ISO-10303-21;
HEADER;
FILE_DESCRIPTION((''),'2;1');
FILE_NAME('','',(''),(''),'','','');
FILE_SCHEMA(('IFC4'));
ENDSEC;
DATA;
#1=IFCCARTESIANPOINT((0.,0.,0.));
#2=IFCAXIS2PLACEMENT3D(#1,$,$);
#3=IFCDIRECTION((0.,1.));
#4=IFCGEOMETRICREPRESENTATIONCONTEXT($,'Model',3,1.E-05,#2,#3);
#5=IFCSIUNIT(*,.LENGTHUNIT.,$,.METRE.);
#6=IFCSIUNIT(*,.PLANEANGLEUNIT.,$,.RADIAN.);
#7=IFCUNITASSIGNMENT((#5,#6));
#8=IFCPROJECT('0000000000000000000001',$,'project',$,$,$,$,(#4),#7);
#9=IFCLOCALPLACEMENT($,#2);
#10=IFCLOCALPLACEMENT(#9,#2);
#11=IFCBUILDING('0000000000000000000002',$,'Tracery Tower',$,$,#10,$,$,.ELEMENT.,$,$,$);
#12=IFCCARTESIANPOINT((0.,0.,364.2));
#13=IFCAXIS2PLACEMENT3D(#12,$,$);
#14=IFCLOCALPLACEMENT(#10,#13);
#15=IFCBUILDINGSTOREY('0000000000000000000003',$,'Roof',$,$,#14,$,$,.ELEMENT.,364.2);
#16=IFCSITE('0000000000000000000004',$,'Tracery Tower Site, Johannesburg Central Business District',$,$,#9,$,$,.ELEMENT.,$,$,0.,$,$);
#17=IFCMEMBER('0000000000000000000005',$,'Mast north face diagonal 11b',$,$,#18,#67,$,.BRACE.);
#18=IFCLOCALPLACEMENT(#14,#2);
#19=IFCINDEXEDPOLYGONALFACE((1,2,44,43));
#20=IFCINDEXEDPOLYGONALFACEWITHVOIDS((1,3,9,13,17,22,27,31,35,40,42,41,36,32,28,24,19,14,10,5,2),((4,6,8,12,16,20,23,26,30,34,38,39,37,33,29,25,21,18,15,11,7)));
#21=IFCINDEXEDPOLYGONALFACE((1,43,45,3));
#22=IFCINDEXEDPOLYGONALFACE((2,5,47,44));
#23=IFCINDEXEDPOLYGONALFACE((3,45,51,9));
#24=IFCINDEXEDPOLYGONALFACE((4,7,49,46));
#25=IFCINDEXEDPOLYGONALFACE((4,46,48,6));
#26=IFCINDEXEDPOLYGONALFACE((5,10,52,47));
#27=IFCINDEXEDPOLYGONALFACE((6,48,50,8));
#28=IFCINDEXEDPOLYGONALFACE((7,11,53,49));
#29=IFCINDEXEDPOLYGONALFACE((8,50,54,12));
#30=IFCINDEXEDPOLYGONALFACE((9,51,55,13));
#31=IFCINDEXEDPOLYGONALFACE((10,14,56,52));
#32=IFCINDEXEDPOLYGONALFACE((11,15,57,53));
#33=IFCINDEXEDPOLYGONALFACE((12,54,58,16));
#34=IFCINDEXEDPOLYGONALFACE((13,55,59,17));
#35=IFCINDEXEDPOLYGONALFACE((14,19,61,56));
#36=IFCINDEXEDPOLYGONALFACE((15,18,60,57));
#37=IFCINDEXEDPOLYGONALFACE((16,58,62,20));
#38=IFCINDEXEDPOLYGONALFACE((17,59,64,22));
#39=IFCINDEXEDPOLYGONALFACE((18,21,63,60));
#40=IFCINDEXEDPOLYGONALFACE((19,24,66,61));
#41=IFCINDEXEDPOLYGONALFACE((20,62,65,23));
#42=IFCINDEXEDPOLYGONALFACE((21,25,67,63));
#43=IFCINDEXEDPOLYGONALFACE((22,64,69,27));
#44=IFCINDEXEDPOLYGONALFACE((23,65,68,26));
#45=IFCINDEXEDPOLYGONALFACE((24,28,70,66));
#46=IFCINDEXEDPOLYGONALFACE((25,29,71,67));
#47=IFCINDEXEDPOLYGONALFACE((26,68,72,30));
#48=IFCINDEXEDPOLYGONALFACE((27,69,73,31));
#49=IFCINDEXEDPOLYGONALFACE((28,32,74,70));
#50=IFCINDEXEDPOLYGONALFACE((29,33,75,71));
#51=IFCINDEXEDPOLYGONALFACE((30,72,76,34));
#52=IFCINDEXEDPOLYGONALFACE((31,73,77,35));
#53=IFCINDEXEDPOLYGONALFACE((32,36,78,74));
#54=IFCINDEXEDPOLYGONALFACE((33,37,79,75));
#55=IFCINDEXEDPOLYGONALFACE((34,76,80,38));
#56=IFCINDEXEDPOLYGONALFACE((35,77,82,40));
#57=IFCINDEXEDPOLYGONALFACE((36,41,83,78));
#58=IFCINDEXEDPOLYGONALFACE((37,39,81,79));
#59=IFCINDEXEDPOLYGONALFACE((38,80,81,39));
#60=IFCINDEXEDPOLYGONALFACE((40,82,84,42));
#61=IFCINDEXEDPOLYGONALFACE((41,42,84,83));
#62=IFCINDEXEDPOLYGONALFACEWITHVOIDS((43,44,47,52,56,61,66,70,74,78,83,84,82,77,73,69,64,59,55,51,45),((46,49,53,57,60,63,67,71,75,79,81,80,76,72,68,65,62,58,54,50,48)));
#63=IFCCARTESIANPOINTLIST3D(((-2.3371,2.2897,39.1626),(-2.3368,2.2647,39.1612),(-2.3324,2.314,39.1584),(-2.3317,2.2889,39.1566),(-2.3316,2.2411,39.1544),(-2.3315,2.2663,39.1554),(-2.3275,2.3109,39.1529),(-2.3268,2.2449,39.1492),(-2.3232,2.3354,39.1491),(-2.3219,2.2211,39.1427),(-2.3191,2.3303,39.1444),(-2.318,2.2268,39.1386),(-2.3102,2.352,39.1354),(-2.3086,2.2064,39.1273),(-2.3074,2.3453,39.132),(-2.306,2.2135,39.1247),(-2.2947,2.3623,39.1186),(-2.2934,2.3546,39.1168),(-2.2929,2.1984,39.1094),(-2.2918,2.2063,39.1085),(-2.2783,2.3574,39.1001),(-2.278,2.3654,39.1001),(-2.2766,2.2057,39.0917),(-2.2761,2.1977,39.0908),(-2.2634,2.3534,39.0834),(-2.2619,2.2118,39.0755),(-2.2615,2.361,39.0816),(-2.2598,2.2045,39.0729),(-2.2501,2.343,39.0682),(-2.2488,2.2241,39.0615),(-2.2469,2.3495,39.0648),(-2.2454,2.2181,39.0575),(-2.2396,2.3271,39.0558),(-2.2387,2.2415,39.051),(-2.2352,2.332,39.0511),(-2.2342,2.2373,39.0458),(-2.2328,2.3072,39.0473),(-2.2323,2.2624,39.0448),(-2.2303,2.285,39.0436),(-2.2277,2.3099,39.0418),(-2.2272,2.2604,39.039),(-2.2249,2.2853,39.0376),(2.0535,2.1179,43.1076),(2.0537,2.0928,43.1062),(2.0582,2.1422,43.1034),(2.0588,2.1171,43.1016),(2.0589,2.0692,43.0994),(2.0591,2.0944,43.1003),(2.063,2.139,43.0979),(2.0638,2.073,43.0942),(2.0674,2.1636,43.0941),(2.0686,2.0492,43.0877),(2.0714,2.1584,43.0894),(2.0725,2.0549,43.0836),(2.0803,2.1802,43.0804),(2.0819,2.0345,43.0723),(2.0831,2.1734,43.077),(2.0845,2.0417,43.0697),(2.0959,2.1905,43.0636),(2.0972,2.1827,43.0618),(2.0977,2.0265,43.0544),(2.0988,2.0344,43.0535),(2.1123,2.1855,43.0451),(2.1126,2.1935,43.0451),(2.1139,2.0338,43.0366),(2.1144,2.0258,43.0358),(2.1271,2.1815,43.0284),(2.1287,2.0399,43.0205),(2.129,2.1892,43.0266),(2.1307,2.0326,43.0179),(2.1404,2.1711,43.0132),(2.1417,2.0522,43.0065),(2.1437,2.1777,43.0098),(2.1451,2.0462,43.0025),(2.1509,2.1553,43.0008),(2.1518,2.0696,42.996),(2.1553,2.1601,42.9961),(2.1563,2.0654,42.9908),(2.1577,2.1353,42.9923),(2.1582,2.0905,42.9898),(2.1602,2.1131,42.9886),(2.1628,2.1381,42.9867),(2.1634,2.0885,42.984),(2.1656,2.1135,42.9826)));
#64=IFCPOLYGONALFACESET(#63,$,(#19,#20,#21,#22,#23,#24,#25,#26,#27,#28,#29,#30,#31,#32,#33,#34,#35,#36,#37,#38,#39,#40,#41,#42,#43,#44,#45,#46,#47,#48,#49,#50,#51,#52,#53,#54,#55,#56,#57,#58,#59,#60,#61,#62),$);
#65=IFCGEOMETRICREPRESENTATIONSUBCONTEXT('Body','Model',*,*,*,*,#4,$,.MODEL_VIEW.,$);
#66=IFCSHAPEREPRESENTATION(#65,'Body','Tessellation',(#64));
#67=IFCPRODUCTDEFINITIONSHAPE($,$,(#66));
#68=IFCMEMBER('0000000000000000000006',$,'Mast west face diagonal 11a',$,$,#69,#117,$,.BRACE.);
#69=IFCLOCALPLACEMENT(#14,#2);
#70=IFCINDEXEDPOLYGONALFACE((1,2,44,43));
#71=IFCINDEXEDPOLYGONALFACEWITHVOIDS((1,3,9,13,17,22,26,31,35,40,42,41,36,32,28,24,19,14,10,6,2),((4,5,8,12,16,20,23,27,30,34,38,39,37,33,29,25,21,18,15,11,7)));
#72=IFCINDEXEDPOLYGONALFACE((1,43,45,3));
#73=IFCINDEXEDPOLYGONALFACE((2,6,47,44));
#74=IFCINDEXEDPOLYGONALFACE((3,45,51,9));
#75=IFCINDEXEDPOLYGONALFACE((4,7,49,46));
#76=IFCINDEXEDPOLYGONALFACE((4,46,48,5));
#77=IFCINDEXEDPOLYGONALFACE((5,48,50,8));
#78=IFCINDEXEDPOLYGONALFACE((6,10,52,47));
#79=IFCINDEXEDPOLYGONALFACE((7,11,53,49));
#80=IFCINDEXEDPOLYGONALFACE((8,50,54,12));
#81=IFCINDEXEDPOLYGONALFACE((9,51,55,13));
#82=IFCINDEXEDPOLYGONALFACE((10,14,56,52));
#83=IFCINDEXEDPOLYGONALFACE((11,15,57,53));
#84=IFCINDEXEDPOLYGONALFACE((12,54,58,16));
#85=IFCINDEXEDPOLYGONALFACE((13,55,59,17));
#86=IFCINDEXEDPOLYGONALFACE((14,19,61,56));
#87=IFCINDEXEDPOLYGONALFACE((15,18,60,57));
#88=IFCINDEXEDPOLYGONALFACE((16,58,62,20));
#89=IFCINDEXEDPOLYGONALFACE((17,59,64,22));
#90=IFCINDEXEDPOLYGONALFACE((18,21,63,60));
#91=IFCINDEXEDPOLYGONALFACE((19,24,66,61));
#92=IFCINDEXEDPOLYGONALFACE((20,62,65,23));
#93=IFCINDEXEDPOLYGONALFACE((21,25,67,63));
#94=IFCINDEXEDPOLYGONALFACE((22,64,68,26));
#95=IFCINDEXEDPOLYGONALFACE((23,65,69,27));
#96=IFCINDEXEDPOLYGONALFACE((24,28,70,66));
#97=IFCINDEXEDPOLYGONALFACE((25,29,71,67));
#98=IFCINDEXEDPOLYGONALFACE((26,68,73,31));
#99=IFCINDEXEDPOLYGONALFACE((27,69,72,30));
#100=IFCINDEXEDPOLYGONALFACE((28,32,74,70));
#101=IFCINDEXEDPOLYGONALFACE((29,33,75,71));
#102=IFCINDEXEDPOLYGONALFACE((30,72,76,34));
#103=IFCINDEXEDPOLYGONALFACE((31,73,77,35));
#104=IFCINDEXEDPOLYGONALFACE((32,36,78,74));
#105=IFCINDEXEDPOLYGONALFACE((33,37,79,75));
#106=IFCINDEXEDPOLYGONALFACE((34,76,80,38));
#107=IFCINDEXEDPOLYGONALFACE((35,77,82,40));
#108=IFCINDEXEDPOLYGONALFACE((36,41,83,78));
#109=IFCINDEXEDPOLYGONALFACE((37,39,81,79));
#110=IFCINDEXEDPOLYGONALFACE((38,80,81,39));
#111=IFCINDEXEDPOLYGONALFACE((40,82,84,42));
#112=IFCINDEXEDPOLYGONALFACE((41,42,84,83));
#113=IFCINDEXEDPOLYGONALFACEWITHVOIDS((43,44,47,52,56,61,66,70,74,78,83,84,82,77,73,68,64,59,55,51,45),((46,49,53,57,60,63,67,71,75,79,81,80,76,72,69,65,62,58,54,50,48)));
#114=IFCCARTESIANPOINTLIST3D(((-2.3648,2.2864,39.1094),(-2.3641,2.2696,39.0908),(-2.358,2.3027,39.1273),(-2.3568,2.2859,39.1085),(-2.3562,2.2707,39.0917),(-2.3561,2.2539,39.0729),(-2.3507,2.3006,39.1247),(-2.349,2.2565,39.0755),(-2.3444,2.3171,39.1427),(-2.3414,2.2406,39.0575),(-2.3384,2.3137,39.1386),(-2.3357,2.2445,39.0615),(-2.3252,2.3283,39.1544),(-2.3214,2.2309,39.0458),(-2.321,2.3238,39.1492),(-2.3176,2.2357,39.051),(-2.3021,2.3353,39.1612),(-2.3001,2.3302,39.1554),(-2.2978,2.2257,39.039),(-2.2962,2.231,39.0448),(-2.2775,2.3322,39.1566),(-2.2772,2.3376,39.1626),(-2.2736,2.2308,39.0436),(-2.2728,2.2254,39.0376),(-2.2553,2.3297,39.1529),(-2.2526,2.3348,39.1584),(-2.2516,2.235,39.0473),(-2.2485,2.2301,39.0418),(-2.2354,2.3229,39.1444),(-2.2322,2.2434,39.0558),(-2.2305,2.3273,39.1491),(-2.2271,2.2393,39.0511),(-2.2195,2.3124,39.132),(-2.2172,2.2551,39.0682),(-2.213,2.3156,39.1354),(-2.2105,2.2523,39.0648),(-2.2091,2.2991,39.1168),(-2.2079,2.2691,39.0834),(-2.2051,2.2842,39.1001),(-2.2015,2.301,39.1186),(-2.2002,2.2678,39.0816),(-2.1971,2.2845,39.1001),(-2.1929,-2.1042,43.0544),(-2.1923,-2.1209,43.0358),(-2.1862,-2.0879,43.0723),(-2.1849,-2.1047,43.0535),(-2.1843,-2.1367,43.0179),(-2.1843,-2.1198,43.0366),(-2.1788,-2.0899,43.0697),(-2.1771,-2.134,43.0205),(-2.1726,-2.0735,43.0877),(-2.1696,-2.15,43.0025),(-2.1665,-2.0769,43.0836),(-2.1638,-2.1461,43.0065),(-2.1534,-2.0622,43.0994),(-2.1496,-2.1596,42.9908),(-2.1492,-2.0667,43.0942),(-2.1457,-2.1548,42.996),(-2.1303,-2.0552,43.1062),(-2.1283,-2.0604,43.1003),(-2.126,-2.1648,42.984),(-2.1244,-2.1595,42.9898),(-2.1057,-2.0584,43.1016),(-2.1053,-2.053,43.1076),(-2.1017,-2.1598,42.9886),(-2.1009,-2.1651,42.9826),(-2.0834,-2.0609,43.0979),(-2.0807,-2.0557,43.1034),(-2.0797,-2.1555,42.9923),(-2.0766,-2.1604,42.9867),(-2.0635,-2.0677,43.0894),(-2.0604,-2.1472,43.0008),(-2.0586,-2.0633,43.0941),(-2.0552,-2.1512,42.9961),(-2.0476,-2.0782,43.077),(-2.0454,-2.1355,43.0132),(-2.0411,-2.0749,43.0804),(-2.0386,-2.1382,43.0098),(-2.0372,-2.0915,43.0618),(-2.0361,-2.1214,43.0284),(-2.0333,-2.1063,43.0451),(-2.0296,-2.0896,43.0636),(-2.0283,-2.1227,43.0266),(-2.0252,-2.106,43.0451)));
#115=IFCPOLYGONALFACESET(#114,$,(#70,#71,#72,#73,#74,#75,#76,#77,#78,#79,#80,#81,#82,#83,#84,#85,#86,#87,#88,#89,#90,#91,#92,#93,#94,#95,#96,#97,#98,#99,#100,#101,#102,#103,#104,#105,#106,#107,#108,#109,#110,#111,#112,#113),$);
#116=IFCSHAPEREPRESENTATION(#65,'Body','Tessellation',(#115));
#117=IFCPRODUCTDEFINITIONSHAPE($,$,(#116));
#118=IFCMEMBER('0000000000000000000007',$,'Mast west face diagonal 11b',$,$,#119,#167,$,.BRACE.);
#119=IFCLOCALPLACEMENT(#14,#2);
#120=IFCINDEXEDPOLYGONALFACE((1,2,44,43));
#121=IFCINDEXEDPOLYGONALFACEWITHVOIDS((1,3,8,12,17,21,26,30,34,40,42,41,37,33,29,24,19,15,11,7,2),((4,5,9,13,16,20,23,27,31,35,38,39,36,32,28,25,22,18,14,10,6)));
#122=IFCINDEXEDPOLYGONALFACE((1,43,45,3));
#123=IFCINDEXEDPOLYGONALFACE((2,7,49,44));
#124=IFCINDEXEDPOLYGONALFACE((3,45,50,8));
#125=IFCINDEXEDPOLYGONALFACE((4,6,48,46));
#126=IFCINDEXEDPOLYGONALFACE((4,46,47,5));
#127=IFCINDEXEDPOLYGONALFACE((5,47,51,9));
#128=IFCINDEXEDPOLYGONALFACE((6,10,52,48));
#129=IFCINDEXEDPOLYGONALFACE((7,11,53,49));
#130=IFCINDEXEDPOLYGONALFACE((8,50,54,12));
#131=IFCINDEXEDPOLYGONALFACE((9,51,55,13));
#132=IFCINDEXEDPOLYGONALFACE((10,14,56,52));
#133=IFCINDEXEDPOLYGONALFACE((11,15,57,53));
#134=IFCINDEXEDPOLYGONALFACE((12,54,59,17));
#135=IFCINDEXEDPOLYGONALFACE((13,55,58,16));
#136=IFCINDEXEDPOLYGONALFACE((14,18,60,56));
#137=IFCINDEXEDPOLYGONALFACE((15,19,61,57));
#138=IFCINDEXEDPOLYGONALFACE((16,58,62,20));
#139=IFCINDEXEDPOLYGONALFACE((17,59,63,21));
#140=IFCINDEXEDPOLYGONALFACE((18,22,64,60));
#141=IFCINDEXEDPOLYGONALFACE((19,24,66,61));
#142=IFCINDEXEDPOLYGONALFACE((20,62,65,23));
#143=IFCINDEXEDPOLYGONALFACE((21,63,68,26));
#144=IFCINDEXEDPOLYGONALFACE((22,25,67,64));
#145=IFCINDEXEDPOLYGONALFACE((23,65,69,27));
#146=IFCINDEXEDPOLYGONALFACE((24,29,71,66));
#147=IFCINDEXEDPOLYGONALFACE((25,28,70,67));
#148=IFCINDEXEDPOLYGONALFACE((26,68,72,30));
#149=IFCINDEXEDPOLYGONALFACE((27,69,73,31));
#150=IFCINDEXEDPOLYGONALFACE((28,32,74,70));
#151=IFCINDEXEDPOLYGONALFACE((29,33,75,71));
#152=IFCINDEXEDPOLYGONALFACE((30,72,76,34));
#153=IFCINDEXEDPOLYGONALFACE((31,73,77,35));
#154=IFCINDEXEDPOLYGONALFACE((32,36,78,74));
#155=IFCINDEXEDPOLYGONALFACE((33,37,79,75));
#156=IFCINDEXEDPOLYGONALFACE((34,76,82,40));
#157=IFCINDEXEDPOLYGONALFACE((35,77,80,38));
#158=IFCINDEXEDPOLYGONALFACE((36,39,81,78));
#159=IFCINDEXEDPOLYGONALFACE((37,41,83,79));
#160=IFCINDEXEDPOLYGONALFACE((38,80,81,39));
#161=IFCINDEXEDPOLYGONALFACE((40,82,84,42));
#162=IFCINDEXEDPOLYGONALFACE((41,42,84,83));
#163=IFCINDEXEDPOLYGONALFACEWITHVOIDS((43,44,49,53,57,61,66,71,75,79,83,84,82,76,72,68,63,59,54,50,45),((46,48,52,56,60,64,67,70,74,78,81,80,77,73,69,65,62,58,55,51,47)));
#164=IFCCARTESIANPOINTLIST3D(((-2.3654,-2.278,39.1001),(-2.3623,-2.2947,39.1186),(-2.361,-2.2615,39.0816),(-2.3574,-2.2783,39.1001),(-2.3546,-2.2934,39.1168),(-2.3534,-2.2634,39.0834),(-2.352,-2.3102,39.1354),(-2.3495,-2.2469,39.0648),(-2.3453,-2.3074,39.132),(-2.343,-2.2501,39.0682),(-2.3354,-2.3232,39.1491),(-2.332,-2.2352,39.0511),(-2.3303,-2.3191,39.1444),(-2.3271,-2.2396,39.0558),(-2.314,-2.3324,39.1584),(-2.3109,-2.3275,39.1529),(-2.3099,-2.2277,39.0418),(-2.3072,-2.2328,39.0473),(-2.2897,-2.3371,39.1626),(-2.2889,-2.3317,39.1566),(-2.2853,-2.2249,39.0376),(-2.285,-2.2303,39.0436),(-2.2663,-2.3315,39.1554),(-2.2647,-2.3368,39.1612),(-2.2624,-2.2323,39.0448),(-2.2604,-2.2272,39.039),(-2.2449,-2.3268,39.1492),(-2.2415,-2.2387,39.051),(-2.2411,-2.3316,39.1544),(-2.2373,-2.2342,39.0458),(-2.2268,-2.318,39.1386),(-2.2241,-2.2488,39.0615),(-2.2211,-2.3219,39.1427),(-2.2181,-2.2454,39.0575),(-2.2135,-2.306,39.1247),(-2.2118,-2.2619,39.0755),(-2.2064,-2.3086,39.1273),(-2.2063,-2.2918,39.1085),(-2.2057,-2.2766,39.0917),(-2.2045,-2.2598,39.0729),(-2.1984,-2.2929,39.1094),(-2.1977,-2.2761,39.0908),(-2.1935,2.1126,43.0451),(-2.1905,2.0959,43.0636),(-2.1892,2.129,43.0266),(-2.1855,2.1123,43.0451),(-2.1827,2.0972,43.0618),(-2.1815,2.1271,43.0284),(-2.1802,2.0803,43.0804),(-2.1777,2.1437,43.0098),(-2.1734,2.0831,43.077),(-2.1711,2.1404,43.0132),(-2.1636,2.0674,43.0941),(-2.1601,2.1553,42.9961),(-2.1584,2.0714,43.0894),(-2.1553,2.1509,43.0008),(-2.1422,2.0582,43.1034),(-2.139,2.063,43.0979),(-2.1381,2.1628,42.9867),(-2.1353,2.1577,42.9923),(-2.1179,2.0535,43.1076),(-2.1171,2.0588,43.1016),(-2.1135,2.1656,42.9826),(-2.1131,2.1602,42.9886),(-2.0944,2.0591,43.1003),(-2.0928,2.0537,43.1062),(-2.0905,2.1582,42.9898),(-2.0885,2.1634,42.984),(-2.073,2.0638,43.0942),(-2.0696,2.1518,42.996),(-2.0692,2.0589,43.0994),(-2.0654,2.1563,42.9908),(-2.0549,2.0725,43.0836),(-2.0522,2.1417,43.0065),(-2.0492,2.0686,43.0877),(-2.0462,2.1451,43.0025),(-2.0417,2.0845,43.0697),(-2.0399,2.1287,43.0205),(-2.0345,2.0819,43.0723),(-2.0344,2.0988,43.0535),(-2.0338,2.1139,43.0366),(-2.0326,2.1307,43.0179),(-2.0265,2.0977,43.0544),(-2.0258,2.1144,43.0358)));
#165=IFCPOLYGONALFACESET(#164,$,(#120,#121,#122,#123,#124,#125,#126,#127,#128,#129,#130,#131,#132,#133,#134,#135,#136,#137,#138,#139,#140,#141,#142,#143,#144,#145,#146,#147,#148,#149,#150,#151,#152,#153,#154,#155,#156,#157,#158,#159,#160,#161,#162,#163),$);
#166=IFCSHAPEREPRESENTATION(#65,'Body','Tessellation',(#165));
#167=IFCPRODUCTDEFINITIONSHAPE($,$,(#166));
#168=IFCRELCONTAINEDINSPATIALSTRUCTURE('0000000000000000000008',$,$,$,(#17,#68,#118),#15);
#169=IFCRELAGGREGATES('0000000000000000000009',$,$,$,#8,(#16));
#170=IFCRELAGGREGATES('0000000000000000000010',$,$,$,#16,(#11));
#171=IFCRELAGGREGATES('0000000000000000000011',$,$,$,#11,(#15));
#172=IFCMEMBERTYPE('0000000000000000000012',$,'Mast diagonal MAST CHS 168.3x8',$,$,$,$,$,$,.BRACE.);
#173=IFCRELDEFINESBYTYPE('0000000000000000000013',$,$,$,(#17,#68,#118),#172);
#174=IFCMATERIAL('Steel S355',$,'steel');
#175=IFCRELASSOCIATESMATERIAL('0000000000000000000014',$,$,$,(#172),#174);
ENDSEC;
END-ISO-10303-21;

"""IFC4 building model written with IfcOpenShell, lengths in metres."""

from ifc_helpers import new_model, si_unit, direction, frame, origin, origin_2d, place, context, subcontext, project, spatial, hollow_circle, extrude, material, material_profile, profile_set, type_object, element, save


model = new_model("IFC4")

# Units and contexts
model_context = context("Model", 3, precision=1e-05, world=origin(), true_north=direction((0.0, 1.0)))
body_context = subcontext(model_context, "Body", "Model", "MODEL_VIEW")
ifc_project = project(units=[si_unit("LENGTHUNIT", "METRE"), si_unit("PLANEANGLEUNIT", "RADIAN")], contexts=[model_context])

# Site, building, storey
site_placement = place(None, origin())
site = spatial("IfcSite", under=ifc_project, at=site_placement, Name="Tracery Tower Site, Johannesburg Central Business District", CompositionType="ELEMENT", RefElevation=0.0)
building_placement = place(site_placement, origin())
building = spatial("IfcBuilding", under=site, at=building_placement, Name="Tracery Tower", CompositionType="ELEMENT")
storey_placement = place(building_placement, frame((0.0, 0.0, 364.2)))
storey = spatial("IfcBuildingStorey", under=building, at=storey_placement, Name="Roof", CompositionType="ELEMENT", Elevation=364.2)

# Members
ifc_material_1 = material(Name="Steel S355", Category="steel")
ifc_material_profile_1 = material_profile(ifc_material_1, hollow_circle(Radius=0.0842, WallThickness=0.0081, at=origin_2d()), Name="CHS 168.3x8")
ifc_profile_set_1 = profile_set([ifc_material_profile_1], Name="Steel S355")
member_type_1 = type_object("IfcMemberType", Name="Mast diagonal MAST CHS 168.3x8", PredefinedType="BRACE", material=ifc_profile_set_1)
for number, where, z_axis, x_axis, name in (
    (1, (-2.2812, 2.2812, 39.1001), (0.743526, -0.029106, 0.668073), (0.039116, 0.999235, 0.0), "Mast north face diagonal 11b"),
    (2, (-2.2812, 2.2812, 39.1001), (0.029106, -0.743526, 0.668073), (0.999235, 0.039116, 0.0), "Mast west face diagonal 11a"),
    (3, (-2.2812, -2.2812, 39.1001), (0.029106, 0.743526, 0.668073), (-0.999235, 0.039116, 0.0), "Mast west face diagonal 11b"),
):
    element("IfcMember", number, at=place(storey_placement, frame(where, z_axis=z_axis, x_axis=x_axis)), inside=storey, type_object=member_type_1, Name=name, PredefinedType="BRACE", context=body_context, shape_type="SweptSolid", body=[
        extrude(hollow_circle(Radius=0.0842, WallThickness=0.0081, at=origin_2d()), origin(), (0.0, 0.0, 1.0), 5.905),
    ])

save(model, "model.ifc")
